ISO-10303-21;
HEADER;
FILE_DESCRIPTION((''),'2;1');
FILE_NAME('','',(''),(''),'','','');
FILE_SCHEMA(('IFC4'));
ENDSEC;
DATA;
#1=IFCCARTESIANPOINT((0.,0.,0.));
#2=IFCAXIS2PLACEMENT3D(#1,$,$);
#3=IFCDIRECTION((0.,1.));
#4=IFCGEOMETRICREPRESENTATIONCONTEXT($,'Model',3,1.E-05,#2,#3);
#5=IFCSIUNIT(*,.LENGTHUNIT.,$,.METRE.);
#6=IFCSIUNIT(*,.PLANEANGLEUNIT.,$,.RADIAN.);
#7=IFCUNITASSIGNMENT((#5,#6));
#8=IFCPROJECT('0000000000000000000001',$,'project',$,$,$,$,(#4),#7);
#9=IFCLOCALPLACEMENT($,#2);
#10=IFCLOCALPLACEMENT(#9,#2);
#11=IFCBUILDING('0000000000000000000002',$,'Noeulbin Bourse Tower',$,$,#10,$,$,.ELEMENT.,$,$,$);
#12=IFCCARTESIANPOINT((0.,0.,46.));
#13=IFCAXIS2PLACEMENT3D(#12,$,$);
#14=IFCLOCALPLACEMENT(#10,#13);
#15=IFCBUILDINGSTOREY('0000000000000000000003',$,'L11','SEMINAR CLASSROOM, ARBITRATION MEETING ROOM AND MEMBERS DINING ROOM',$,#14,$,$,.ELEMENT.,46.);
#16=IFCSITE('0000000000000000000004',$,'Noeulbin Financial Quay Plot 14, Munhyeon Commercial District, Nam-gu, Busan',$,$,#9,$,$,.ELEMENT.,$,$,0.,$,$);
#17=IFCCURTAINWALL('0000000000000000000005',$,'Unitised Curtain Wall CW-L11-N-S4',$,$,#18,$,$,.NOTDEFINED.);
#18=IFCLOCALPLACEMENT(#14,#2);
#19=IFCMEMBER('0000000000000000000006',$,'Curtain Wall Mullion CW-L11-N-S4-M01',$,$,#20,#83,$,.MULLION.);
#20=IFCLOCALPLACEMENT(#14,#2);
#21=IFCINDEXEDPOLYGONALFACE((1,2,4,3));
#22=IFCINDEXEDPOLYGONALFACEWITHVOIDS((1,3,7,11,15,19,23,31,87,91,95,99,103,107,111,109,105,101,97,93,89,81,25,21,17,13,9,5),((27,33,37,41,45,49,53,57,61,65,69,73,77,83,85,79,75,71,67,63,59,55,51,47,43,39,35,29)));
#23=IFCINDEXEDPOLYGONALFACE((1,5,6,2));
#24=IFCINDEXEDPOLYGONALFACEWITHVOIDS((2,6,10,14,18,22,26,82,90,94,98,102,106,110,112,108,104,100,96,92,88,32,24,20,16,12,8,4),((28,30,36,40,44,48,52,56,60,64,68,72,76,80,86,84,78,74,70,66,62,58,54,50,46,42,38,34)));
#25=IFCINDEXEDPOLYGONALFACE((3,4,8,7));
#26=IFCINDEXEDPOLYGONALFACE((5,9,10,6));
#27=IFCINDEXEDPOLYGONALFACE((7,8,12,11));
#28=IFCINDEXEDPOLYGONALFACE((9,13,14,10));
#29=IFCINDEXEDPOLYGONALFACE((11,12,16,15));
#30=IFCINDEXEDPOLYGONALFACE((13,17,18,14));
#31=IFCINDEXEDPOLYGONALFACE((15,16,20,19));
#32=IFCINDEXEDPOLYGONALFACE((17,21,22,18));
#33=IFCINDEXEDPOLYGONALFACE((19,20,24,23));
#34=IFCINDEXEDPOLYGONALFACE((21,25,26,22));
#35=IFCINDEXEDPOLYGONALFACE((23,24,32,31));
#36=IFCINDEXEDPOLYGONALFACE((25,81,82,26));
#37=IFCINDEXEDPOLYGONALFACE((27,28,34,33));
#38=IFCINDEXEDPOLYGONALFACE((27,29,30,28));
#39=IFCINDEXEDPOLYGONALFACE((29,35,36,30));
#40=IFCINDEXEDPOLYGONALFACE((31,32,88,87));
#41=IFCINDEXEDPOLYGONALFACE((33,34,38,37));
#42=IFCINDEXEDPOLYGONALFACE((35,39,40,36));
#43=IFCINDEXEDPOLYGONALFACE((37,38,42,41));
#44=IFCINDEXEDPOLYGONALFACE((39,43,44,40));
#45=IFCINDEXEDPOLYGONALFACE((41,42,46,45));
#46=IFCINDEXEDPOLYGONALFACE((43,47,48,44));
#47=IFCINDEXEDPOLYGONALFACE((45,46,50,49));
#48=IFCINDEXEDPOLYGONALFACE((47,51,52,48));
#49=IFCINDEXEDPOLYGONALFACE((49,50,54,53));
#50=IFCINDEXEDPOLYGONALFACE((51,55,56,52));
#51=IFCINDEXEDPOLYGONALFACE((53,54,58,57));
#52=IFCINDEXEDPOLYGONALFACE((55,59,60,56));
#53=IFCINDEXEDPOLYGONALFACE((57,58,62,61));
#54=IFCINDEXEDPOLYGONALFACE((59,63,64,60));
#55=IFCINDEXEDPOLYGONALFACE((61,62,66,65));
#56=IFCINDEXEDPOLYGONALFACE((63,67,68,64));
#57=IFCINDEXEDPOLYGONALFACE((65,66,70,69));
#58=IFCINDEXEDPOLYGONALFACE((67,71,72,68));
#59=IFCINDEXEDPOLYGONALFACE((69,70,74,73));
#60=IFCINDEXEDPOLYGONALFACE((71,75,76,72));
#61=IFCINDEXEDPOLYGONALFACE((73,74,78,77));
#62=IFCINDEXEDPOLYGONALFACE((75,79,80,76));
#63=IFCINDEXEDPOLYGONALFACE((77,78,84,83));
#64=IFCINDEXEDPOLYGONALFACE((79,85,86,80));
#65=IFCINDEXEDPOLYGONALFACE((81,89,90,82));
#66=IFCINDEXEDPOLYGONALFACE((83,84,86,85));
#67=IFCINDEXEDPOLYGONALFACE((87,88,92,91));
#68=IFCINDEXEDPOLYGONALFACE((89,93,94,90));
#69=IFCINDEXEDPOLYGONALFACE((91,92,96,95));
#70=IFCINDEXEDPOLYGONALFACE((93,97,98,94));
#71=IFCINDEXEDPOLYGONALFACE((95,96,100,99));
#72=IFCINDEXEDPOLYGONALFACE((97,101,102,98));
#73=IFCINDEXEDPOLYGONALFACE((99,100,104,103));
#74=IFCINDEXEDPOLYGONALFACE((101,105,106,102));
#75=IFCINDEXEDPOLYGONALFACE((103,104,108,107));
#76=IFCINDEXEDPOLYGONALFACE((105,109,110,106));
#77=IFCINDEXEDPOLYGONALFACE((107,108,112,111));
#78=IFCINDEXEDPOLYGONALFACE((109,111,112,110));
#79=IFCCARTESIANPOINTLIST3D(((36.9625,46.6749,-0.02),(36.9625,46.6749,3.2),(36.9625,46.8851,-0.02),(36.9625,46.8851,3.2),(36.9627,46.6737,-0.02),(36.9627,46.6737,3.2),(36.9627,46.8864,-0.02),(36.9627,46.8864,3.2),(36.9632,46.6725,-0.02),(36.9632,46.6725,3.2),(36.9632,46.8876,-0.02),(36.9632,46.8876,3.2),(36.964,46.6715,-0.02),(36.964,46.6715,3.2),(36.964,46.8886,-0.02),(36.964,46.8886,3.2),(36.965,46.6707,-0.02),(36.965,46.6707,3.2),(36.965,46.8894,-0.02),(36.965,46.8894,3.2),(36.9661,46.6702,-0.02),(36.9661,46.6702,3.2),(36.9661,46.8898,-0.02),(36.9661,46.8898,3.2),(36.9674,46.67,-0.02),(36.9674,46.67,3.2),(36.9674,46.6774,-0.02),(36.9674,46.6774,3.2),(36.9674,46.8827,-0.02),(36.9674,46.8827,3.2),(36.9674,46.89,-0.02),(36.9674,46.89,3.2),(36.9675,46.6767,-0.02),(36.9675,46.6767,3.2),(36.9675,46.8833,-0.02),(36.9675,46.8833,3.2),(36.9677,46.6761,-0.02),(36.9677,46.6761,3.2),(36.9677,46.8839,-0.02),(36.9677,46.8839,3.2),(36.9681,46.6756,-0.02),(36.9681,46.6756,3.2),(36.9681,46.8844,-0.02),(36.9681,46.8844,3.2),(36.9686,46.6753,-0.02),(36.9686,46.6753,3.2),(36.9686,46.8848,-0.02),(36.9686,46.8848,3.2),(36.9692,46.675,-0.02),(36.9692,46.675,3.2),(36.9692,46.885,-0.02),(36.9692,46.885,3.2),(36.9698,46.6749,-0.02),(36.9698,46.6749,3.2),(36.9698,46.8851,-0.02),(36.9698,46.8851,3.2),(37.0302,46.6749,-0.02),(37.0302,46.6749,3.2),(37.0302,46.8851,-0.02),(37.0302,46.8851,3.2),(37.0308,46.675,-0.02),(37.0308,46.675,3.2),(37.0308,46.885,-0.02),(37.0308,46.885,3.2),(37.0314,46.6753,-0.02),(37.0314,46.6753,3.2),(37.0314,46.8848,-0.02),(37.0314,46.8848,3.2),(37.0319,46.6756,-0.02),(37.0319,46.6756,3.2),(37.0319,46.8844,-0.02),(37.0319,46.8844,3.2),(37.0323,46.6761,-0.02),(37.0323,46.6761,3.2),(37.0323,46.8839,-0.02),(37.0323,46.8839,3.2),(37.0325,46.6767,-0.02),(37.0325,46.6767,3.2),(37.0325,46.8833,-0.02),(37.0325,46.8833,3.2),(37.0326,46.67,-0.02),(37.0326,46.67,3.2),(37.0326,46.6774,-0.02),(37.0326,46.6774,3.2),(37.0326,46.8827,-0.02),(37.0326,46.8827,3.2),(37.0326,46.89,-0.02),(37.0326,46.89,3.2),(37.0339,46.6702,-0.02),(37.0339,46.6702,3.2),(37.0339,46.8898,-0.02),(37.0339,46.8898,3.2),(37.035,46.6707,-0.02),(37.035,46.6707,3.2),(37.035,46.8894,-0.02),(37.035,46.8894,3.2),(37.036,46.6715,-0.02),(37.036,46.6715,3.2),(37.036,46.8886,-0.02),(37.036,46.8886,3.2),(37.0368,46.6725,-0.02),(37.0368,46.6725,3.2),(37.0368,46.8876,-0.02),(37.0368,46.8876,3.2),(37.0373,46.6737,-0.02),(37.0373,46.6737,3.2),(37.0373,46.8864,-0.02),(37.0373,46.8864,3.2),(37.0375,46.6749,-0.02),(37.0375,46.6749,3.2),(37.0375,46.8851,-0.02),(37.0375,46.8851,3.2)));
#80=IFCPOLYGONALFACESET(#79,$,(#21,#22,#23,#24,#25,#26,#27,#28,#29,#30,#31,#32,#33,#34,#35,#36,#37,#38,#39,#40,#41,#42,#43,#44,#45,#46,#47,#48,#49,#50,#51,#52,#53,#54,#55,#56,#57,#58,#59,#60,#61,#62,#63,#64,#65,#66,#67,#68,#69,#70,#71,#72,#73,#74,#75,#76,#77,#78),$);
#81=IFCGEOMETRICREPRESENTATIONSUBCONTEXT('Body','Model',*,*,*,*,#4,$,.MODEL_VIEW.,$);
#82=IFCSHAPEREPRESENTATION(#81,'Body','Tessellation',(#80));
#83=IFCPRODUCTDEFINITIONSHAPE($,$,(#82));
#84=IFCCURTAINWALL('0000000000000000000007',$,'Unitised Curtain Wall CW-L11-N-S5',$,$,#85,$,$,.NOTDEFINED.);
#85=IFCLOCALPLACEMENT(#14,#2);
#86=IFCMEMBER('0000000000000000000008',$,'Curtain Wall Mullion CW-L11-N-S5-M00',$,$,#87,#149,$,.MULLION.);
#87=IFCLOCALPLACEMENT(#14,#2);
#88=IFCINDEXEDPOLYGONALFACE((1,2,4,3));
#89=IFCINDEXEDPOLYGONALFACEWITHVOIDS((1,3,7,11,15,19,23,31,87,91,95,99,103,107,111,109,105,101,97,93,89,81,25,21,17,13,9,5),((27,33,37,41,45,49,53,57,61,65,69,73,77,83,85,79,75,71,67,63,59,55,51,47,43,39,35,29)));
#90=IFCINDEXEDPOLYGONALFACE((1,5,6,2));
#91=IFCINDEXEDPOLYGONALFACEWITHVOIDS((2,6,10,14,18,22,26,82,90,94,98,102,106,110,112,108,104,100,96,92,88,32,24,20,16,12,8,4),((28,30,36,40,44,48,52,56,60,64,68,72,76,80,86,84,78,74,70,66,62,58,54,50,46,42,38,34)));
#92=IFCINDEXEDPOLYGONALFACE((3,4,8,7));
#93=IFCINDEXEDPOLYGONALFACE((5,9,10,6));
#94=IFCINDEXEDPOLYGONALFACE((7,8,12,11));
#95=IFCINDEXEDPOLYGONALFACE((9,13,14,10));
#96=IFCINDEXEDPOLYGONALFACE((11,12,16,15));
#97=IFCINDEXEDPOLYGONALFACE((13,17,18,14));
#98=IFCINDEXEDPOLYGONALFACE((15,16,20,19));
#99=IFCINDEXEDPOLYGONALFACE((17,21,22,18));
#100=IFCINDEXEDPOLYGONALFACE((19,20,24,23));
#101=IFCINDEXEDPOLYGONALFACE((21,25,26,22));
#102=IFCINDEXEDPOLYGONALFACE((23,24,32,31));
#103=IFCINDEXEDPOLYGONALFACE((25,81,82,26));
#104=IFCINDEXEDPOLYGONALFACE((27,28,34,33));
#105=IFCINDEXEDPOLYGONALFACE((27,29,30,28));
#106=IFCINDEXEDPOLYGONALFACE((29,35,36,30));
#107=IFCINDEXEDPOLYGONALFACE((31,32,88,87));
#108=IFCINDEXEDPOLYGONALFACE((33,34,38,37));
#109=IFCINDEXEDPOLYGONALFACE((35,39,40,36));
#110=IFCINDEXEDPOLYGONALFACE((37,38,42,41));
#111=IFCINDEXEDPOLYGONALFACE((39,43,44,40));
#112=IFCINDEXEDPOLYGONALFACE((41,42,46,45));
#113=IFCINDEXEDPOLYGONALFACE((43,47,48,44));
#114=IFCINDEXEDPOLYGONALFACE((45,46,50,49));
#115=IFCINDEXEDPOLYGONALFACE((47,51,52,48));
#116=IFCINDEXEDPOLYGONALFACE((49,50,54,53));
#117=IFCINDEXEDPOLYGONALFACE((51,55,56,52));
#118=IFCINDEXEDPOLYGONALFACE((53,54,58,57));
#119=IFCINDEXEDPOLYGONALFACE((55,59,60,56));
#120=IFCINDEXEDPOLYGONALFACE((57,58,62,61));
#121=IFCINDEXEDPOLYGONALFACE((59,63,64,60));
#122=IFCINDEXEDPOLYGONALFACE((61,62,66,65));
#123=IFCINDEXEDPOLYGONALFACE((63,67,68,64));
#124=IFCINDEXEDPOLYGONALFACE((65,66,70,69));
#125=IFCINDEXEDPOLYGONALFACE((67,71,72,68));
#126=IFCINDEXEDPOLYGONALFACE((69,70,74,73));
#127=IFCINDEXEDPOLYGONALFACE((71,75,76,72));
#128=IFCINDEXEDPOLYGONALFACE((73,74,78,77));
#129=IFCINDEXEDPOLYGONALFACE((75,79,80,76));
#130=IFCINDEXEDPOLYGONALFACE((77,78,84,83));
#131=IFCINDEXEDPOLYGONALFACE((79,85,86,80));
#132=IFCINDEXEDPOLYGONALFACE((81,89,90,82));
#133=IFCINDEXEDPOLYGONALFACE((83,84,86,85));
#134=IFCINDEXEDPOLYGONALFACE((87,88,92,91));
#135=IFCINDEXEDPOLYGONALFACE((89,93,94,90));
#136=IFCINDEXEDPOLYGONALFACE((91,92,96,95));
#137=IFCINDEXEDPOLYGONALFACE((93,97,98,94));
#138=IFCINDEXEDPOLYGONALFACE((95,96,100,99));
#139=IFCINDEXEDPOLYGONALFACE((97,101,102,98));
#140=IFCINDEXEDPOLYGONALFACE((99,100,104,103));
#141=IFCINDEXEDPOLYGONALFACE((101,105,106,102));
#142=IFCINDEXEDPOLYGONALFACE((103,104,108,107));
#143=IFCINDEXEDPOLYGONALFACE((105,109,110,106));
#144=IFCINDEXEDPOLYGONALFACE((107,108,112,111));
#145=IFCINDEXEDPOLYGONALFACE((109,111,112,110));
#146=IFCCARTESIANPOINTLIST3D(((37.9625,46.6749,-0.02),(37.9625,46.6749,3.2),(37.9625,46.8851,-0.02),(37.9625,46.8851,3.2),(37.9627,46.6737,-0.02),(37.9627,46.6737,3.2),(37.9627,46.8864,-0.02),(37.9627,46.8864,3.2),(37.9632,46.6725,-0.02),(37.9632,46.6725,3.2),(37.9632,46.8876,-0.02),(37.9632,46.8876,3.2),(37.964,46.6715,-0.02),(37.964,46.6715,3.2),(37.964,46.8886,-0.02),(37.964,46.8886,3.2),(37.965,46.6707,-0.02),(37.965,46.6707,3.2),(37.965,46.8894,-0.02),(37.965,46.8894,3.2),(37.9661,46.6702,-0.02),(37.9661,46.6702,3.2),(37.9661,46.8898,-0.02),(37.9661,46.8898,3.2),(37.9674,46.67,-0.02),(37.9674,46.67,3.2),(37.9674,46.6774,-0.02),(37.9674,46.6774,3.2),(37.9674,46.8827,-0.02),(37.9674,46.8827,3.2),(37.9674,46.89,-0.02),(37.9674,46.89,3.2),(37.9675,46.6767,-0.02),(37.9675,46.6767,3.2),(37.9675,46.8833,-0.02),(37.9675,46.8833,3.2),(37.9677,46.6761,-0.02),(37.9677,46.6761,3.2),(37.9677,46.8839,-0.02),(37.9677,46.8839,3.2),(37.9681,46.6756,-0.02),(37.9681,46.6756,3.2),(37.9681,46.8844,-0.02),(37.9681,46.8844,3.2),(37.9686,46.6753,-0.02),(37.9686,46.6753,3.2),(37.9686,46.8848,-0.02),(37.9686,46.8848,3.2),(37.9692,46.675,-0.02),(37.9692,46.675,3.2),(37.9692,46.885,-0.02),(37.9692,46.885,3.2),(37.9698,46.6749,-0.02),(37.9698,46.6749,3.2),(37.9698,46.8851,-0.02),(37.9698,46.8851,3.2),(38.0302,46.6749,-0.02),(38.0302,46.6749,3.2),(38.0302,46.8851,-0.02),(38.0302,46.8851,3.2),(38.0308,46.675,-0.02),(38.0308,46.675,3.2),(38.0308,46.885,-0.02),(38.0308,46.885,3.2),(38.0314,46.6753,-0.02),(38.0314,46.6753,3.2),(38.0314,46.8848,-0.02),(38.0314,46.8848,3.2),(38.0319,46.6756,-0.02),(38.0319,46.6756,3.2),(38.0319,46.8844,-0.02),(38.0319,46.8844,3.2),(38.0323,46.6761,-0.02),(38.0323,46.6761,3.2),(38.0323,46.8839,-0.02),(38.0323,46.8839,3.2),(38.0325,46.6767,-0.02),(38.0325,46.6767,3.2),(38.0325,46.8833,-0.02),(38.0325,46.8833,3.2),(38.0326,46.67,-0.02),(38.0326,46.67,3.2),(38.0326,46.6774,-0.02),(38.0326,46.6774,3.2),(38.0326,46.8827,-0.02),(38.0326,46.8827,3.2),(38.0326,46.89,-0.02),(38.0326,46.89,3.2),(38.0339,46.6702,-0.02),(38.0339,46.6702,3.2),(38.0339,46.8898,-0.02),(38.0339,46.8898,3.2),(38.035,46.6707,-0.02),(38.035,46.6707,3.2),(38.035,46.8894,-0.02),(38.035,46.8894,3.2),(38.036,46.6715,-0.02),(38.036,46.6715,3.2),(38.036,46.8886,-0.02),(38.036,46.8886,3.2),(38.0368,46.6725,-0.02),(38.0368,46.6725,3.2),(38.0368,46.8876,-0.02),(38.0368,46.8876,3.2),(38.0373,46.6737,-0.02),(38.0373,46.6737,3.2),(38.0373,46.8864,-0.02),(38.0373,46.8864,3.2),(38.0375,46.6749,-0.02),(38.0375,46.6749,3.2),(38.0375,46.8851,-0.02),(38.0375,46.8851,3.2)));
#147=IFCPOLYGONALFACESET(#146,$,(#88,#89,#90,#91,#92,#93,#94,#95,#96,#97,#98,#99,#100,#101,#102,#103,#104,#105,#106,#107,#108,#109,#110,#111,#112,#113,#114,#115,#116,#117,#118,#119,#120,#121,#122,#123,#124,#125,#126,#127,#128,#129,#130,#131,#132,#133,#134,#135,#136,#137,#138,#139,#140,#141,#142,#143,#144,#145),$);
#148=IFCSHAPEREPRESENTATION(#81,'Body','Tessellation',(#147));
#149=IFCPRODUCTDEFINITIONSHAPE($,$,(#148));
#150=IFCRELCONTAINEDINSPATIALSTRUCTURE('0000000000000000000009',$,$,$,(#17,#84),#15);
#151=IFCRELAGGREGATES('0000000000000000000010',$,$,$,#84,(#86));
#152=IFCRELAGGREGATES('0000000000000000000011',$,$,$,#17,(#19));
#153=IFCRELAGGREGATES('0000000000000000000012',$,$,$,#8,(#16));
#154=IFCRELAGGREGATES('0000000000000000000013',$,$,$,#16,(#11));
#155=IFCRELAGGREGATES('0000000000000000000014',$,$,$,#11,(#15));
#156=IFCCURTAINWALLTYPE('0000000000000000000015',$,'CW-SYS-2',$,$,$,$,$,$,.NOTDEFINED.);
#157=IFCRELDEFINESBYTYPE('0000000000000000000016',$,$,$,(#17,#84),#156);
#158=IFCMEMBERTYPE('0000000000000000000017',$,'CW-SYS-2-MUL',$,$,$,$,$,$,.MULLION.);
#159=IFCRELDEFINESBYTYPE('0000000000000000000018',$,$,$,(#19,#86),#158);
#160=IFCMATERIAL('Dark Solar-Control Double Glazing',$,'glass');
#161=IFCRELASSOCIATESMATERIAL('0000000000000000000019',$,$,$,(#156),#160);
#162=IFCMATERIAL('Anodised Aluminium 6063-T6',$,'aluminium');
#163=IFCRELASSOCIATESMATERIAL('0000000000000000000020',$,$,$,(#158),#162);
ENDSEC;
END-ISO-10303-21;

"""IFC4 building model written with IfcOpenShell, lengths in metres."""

from ifc_helpers import new_model, si_unit, direction, frame, origin, origin_2d, place, context, subcontext, project, spatial, hollow_rectangle, extrude, material, material_profile, profile_set, type_object, element, aggregate, save


model = new_model("IFC4")

# Units and contexts
model_context = context("Model", 3, precision=1e-05, world=origin(), true_north=direction((0.0, 1.0)))
body_context = subcontext(model_context, "Body", "Model", "MODEL_VIEW")
ifc_project = project(units=[si_unit("LENGTHUNIT", "METRE"), si_unit("PLANEANGLEUNIT", "RADIAN")], contexts=[model_context])

# Site, building, storey
site_placement = place(None, origin())
site = spatial("IfcSite", under=ifc_project, at=site_placement, Name="Noeulbin Financial Quay Plot 14, Munhyeon Commercial District, Nam-gu, Busan", CompositionType="ELEMENT", RefElevation=0.0)
building_placement = place(site_placement, origin())
building = spatial("IfcBuilding", under=site, at=building_placement, Name="Noeulbin Bourse Tower", CompositionType="ELEMENT")
storey_placement = place(building_placement, frame((0.0, 0.0, 46.0)))
storey = spatial("IfcBuildingStorey", under=building, at=storey_placement, Name="L11", Description="SEMINAR CLASSROOM, ARBITRATION MEETING ROOM AND MEMBERS DINING ROOM", CompositionType="ELEMENT", Elevation=46.0)

# Shared definitions
ifc_material_1 = material(Name="Dark Solar-Control Double Glazing", Category="glass")
curtain_wall_type = type_object("IfcCurtainWallType", Name="CW-SYS-2", PredefinedType="NOTDEFINED", material=ifc_material_1)
ifc_material_2 = material(Name="Anodised Aluminium 6063-T6", Category="aluminium")
ifc_material_profile_1 = material_profile(ifc_material_2, hollow_rectangle(XDim=0.075, YDim=0.22, WallThickness=0.0049, InnerFilletRadius=0.0024, OuterFilletRadius=0.0049, at=origin_2d()), Name="ALU-MULL-75x220x5", Category="LoadBearing")
ifc_profile_set_1 = profile_set([ifc_material_profile_1], Name="Anodised Aluminium 6063-T6")
member_type_1 = type_object("IfcMemberType", Name="CW-SYS-2-MUL", PredefinedType="MULLION", material=ifc_profile_set_1)

# Curtain wall, member
curtain_wall_1_placement = place(storey_placement, origin())
curtain_wall_1 = element("IfcCurtainWall", 1, at=curtain_wall_1_placement, inside=storey, type_object=curtain_wall_type, Name="Unitised Curtain Wall CW-L11-N-S4", PredefinedType="NOTDEFINED")
member_1_placement = place(storey_placement, frame((37.0, 46.78, -0.02), z_axis=(0.0, 0.0, 1.0), x_axis=(1.0, 0.0, 0.0)))
member_1 = element("IfcMember", 2, at=member_1_placement, type_object=member_type_1, Name="Curtain Wall Mullion CW-L11-N-S4-M01", PredefinedType="MULLION", context=body_context, shape_type="SweptSolid", body=[
    extrude(hollow_rectangle(XDim=0.075, YDim=0.22, WallThickness=0.0049, InnerFilletRadius=0.0024, OuterFilletRadius=0.0049, at=origin_2d()), origin(), (0.0, 0.0, 1.0), 3.22),
])

# Curtain wall, member
curtain_wall_2_placement = place(storey_placement, origin())
curtain_wall_2 = element("IfcCurtainWall", 3, at=curtain_wall_2_placement, inside=storey, type_object=curtain_wall_type, Name="Unitised Curtain Wall CW-L11-N-S5", PredefinedType="NOTDEFINED")
member_2_placement = place(storey_placement, frame((38.0, 46.78, -0.02), z_axis=(0.0, 0.0, 1.0), x_axis=(1.0, 0.0, 0.0)))
member_2 = element("IfcMember", 4, at=member_2_placement, type_object=member_type_1, Name="Curtain Wall Mullion CW-L11-N-S5-M00", PredefinedType="MULLION", context=body_context, shape_type="SweptSolid", body=[
    extrude(hollow_rectangle(XDim=0.075, YDim=0.22, WallThickness=0.0049, InnerFilletRadius=0.0024, OuterFilletRadius=0.0049, at=origin_2d()), origin(), (0.0, 0.0, 1.0), 3.22),
])

aggregate(curtain_wall_2, [member_2])

aggregate(curtain_wall_1, [member_1])

save(model, "model.ifc")
